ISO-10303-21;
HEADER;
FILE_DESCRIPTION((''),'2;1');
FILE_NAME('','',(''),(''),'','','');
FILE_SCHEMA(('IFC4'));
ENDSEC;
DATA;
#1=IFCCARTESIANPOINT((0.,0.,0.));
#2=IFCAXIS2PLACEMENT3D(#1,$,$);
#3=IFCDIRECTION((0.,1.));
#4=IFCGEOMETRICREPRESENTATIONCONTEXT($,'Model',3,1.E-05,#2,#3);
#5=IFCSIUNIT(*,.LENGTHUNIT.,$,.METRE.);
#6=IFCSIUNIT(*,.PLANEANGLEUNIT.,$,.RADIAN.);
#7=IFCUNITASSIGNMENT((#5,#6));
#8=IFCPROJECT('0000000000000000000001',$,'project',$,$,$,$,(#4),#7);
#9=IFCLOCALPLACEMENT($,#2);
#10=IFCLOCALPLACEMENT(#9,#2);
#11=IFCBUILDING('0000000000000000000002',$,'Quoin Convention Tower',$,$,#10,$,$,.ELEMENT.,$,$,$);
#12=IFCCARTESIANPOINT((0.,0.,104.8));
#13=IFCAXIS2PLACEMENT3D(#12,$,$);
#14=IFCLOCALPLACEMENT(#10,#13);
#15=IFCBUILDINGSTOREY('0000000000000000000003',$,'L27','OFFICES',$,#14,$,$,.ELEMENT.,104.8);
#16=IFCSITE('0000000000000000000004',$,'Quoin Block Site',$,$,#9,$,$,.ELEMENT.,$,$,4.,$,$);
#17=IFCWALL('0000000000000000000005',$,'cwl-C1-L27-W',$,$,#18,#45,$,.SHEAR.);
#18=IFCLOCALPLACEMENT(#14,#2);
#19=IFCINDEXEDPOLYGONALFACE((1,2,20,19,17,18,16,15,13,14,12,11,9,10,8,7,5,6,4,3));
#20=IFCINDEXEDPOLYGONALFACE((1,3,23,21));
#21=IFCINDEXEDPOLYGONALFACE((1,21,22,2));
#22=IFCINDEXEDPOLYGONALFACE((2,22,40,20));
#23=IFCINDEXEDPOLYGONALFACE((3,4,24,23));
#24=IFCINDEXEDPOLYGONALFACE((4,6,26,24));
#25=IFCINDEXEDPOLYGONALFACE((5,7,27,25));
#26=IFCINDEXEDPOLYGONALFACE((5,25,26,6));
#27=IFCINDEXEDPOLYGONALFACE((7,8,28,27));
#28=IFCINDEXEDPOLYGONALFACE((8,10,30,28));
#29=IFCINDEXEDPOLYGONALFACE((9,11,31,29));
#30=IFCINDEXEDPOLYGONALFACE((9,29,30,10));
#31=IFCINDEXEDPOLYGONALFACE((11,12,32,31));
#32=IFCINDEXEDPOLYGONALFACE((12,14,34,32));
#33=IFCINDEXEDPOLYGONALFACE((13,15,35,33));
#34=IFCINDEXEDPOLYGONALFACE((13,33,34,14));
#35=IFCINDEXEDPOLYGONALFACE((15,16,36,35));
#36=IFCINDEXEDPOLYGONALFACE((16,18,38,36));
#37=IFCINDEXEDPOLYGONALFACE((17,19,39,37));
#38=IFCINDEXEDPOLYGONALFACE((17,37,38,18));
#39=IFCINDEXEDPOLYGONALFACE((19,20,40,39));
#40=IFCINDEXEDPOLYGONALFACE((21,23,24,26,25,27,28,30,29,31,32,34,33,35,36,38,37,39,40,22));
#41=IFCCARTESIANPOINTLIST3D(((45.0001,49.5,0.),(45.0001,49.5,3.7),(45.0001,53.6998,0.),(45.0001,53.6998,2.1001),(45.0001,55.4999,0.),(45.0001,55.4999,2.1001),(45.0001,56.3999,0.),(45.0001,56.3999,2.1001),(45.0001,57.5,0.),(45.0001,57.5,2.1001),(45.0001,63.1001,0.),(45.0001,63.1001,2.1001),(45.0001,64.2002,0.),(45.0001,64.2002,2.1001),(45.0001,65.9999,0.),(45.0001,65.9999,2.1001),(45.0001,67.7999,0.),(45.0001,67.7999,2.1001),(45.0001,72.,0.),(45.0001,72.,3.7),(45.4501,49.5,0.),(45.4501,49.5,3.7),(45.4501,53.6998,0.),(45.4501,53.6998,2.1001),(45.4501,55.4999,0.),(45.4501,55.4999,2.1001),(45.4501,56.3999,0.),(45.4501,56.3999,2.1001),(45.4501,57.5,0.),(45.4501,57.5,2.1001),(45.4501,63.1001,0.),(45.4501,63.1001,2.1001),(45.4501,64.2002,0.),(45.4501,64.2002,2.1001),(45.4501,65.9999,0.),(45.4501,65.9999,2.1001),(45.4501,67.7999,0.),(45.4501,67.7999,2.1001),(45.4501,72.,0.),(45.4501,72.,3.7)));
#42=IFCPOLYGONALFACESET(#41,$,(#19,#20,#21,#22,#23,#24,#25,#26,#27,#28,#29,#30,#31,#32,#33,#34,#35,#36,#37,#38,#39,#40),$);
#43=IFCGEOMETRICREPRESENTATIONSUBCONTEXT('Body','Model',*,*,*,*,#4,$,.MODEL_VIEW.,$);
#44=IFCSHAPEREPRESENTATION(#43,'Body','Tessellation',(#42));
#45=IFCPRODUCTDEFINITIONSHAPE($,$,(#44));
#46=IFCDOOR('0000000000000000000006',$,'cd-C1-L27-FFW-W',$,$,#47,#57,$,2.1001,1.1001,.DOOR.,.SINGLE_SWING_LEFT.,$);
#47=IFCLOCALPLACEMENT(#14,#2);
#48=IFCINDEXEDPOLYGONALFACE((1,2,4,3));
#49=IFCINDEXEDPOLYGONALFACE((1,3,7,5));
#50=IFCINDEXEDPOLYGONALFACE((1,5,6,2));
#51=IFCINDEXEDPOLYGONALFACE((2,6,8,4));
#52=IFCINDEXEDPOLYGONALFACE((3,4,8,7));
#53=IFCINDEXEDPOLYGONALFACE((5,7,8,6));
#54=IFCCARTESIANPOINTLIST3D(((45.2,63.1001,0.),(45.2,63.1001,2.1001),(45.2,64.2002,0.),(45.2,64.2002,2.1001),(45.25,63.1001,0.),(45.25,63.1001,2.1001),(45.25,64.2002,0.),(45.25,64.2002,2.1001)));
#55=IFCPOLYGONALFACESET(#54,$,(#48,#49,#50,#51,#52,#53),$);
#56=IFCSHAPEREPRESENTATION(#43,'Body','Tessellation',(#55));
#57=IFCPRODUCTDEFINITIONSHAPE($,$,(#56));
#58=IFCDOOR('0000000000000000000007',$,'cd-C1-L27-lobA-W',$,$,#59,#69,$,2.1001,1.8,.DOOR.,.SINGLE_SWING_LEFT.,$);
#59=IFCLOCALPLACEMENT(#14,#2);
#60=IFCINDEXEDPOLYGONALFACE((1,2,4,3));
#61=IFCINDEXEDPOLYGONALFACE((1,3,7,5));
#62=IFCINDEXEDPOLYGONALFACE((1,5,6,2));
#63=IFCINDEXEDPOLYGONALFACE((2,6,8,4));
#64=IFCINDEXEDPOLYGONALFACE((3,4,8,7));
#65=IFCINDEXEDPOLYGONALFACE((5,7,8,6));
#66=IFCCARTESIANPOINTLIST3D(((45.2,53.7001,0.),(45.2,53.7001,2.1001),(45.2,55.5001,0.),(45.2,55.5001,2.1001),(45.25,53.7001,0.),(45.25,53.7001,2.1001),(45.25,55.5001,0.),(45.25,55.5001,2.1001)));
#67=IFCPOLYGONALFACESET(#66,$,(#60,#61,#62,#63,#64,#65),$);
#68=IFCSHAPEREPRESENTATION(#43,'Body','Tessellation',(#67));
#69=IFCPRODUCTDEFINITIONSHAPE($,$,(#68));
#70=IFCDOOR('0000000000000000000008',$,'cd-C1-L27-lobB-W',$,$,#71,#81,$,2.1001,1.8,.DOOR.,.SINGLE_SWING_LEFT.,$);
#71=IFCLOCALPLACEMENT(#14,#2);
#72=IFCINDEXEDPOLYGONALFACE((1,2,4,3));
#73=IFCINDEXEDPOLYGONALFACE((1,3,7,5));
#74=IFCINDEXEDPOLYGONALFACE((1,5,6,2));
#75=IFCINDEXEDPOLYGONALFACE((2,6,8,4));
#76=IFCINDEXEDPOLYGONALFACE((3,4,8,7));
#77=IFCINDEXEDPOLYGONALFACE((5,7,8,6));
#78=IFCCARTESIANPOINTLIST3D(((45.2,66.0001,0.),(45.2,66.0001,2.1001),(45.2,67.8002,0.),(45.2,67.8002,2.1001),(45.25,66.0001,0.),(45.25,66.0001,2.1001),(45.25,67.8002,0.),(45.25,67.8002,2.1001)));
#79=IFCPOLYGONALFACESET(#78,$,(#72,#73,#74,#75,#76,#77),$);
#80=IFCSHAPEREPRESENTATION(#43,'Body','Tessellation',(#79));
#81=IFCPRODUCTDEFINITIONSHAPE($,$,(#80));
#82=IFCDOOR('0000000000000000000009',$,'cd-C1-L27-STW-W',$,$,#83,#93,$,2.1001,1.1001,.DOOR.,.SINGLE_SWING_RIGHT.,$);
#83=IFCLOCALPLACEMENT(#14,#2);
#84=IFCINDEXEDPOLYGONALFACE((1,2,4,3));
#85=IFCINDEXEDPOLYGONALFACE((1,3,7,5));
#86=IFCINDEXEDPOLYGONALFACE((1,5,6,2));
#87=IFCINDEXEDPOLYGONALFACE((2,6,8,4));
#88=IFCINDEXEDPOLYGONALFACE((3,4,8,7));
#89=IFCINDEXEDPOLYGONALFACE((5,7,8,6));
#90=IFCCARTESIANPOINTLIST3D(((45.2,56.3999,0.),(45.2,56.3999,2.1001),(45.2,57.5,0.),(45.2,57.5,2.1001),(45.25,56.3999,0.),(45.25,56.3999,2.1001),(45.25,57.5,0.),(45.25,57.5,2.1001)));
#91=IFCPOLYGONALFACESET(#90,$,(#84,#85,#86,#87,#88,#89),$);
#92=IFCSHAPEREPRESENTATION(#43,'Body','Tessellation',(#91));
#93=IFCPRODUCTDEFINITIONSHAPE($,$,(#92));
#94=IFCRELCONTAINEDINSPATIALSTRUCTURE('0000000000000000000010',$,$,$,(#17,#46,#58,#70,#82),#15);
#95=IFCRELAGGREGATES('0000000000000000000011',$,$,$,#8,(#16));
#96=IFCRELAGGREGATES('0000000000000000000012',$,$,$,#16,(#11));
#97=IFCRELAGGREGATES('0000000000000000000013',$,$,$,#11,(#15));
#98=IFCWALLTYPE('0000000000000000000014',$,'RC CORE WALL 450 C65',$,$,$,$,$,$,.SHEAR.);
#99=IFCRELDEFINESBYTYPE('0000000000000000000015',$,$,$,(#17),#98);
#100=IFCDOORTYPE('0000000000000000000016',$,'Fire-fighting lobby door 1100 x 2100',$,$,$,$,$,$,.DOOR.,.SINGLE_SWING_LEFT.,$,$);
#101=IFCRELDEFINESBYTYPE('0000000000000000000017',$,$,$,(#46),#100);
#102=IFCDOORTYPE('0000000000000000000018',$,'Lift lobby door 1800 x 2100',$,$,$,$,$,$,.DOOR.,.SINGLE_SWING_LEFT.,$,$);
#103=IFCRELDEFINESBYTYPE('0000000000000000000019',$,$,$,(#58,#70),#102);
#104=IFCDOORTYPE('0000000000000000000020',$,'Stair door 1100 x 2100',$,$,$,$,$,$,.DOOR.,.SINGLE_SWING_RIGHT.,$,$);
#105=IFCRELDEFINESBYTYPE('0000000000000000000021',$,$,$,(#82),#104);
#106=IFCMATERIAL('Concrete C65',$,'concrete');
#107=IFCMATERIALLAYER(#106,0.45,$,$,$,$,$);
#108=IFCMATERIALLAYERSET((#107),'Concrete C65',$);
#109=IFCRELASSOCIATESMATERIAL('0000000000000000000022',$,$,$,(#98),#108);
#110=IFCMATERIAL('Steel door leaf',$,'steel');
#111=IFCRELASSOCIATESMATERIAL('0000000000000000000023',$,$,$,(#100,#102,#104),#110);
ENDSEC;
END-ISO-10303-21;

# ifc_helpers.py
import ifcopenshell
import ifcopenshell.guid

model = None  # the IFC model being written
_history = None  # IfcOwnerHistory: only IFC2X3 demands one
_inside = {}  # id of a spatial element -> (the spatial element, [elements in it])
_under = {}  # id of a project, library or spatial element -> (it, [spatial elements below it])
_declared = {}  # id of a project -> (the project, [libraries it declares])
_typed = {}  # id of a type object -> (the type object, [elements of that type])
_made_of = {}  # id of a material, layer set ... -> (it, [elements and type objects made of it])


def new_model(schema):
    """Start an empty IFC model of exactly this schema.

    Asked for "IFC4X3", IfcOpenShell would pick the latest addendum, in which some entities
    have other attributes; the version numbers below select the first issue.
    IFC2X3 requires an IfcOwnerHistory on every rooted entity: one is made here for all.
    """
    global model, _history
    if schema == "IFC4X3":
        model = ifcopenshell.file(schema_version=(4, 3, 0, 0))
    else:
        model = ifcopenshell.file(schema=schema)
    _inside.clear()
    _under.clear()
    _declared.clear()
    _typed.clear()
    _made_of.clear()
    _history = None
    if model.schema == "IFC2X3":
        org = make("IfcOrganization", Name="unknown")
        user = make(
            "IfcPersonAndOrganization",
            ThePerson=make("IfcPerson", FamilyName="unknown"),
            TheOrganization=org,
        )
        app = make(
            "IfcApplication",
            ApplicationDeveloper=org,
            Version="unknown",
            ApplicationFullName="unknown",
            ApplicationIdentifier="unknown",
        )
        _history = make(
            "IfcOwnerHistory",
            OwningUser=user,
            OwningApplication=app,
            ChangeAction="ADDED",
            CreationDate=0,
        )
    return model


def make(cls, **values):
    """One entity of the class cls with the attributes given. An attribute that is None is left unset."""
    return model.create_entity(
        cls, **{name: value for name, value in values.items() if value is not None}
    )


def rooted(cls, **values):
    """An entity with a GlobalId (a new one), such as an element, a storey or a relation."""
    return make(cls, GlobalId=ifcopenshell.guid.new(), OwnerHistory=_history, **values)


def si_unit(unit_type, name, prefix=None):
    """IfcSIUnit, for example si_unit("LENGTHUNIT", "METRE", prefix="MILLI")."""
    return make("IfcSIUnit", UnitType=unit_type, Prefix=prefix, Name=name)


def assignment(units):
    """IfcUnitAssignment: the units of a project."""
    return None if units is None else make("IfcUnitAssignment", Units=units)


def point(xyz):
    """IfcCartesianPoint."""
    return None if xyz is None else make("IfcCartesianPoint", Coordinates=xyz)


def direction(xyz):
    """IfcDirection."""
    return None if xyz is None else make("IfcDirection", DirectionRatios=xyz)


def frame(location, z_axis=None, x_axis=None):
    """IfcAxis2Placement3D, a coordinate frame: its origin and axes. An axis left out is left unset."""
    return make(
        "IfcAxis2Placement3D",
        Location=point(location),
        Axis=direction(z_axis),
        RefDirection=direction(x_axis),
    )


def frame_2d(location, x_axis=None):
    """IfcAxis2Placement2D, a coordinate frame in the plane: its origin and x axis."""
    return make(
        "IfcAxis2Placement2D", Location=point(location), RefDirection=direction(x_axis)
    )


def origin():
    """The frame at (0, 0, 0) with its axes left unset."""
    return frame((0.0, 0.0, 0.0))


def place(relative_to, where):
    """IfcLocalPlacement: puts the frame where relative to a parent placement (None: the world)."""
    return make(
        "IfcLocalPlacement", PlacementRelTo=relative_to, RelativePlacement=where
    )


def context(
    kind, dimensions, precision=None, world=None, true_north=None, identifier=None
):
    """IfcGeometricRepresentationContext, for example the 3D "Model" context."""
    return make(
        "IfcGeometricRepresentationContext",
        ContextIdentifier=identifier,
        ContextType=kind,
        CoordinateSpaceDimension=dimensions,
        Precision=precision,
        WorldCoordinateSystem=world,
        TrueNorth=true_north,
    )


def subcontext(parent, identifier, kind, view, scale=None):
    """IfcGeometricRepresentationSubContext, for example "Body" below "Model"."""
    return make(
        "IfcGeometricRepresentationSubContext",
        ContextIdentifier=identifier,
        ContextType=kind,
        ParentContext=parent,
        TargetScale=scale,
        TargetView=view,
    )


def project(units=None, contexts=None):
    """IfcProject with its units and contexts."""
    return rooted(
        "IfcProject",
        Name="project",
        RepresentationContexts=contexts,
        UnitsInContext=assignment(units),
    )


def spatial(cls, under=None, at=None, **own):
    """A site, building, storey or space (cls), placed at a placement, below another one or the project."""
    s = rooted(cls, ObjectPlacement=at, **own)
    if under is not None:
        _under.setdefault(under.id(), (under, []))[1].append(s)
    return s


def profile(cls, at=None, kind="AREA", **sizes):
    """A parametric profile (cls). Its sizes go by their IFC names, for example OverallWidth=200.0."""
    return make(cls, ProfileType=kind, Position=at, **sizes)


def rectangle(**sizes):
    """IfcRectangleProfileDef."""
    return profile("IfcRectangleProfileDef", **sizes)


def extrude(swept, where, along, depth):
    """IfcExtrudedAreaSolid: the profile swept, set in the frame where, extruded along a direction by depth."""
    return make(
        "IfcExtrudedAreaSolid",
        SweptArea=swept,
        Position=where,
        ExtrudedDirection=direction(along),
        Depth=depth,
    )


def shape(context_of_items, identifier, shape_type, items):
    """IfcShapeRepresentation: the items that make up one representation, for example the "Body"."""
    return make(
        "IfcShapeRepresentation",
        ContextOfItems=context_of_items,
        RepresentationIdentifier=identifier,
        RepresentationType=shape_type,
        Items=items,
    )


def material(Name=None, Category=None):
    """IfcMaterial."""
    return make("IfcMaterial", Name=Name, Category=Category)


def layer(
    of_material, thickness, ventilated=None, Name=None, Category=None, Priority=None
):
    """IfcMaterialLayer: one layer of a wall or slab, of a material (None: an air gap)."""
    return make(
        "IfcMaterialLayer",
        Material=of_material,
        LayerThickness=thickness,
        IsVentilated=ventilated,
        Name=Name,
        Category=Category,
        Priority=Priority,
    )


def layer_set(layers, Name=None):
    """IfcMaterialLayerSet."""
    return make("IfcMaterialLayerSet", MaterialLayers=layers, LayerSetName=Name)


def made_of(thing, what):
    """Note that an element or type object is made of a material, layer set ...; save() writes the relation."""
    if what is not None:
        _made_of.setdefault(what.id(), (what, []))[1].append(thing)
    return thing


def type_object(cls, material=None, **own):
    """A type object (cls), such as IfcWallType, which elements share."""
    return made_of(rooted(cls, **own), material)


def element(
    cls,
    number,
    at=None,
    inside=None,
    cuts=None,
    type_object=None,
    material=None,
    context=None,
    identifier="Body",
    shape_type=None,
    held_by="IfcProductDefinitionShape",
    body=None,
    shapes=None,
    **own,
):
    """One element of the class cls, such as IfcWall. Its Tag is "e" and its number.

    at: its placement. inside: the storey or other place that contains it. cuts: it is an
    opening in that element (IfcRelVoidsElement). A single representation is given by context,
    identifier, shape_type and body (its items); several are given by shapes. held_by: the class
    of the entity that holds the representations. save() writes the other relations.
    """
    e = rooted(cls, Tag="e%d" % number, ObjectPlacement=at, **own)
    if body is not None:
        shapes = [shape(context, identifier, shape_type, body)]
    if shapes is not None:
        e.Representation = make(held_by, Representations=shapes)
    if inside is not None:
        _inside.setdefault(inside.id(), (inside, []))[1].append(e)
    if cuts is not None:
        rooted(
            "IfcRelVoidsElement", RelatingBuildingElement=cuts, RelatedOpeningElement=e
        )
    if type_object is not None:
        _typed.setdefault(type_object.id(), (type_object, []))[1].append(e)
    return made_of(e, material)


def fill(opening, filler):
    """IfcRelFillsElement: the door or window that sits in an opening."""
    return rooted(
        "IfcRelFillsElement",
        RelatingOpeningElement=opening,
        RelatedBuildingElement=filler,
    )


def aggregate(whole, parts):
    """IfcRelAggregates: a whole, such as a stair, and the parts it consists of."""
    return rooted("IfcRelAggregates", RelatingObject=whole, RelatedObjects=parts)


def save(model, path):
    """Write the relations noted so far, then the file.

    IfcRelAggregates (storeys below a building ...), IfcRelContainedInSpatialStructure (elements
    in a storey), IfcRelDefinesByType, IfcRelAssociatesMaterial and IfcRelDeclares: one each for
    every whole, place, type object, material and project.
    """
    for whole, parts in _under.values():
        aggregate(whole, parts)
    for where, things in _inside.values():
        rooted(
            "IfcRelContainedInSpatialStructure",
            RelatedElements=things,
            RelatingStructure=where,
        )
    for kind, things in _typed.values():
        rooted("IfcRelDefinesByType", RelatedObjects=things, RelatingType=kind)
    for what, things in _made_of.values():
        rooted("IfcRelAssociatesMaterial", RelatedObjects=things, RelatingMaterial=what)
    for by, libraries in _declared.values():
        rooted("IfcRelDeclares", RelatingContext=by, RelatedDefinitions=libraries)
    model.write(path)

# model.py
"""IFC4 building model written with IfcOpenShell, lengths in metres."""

from ifc_helpers import new_model, si_unit, direction, frame, frame_2d, origin, place, context, subcontext, project, spatial, rectangle, extrude, material, layer, layer_set, type_object, element, fill, save


model = new_model("IFC4")

# Units and contexts
model_context = context("Model", 3, precision=1e-05, world=origin(), true_north=direction((0.0, 1.0)))
body_context = subcontext(model_context, "Body", "Model", "MODEL_VIEW")
ifc_project = project(units=[si_unit("LENGTHUNIT", "METRE"), si_unit("PLANEANGLEUNIT", "RADIAN")], contexts=[model_context])

# Site, building, storey
site_placement = place(None, origin())
site = spatial("IfcSite", under=ifc_project, at=site_placement, Name="Quoin Block Site", CompositionType="ELEMENT", RefElevation=4.0)
building_placement = place(site_placement, origin())
building = spatial("IfcBuilding", under=site, at=building_placement, Name="Quoin Convention Tower", CompositionType="ELEMENT")
storey_placement = place(building_placement, frame((0.0, 0.0, 104.8)))
storey = spatial("IfcBuildingStorey", under=building, at=storey_placement, Name="L27", Description="OFFICES", CompositionType="ELEMENT", Elevation=104.8)

# Shared definitions
ifc_material_1 = material(Name="Steel door leaf", Category="steel")

# Shared definitions
ifc_material_2 = material(Name="Concrete C65", Category="concrete")
ifc_layer_1 = layer(ifc_material_2, 0.45)
ifc_layer_set_1 = layer_set([ifc_layer_1], Name="Concrete C65")
wall_type_1 = type_object("IfcWallType", Name="RC CORE WALL 450 C65", PredefinedType="SHEAR", material=ifc_layer_set_1)

# Wall, openings, doors
wall_1_placement = place(storey_placement, frame((45.2251, 49.5, 0.0), z_axis=(0.0, 0.0, 1.0), x_axis=(0.0, 1.0, 0.0)))
wall_1 = element("IfcWall", 1, at=wall_1_placement, inside=storey, type_object=wall_type_1, Name="cwl-C1-L27-W", PredefinedType="SHEAR", context=body_context, shape_type="SweptSolid", body=[
    extrude(rectangle(XDim=22.5, YDim=0.45, at=frame_2d((11.25, 0.0))), origin(), (0.0, 0.0, 1.0), 3.7),
])
opening_1_placement = place(wall_1_placement, frame((4.2, 0.0, 0.0)))
opening_1 = element("IfcOpeningElement", 2, at=opening_1_placement, cuts=wall_1, PredefinedType="OPENING", context=body_context, shape_type="SweptSolid", body=[
    extrude(rectangle(XDim=1.8, YDim=2.1001, at=frame_2d((0.8999, 1.05))), frame((0.0, 0.2349, 0.0), z_axis=(0.0, -1.0, 0.0), x_axis=(1.0, 0.0, 0.0)), (0.0, 0.0, 1.0), 0.47),
])
opening_2_placement = place(wall_1_placement, frame((6.8999, 0.0, 0.0)))
opening_2 = element("IfcOpeningElement", 3, at=opening_2_placement, cuts=wall_1, PredefinedType="OPENING", context=body_context, shape_type="SweptSolid", body=[
    extrude(rectangle(XDim=1.1001, YDim=2.1001, at=frame_2d((0.55, 1.05))), frame((0.0, 0.2349, 0.0), z_axis=(0.0, -1.0, 0.0), x_axis=(1.0, 0.0, 0.0)), (0.0, 0.0, 1.0), 0.47),
])
opening_3_placement = place(wall_1_placement, frame((13.6001, 0.0, 0.0)))
opening_3 = element("IfcOpeningElement", 4, at=opening_3_placement, cuts=wall_1, PredefinedType="OPENING", context=body_context, shape_type="SweptSolid", body=[
    extrude(rectangle(XDim=1.1001, YDim=2.1001, at=frame_2d((0.55, 1.05))), frame((0.0, 0.2349, 0.0), z_axis=(0.0, -1.0, 0.0), x_axis=(1.0, 0.0, 0.0)), (0.0, 0.0, 1.0), 0.47),
])
opening_4_placement = place(wall_1_placement, frame((16.5, 0.0, 0.0)))
opening_4 = element("IfcOpeningElement", 5, at=opening_4_placement, cuts=wall_1, PredefinedType="OPENING", context=body_context, shape_type="SweptSolid", body=[
    extrude(rectangle(XDim=1.8, YDim=2.1001, at=frame_2d((0.8999, 1.05))), frame((0.0, 0.2349, 0.0), z_axis=(0.0, -1.0, 0.0), x_axis=(1.0, 0.0, 0.0)), (0.0, 0.0, 1.0), 0.47),
])
door_type_1 = type_object("IfcDoorType", Name="Fire-fighting lobby door 1100 x 2100", OperationType="SINGLE_SWING_LEFT", PredefinedType="DOOR", material=ifc_material_1)
door_1_placement = place(opening_3_placement, frame((1.1001, 0.0, 0.0), z_axis=(0.0, 0.0, 1.0), x_axis=(-1.0, 0.0, 0.0)))
door_1 = element("IfcDoor", 6, at=door_1_placement, inside=storey, type_object=door_type_1, Name="cd-C1-L27-FFW-W", OperationType="SINGLE_SWING_LEFT", OverallHeight=2.1001, OverallWidth=1.1001, PredefinedType="DOOR", context=body_context, shape_type="SweptSolid", body=[
    extrude(rectangle(XDim=1.1001, YDim=2.1001, at=frame_2d((0.55, 1.05))), frame((0.0, 0.0249, 0.0), z_axis=(0.0, -1.0, 0.0), x_axis=(1.0, 0.0, 0.0)), (0.0, 0.0, 1.0), 0.05),
])
fill(opening_3, door_1)
door_type_2 = type_object("IfcDoorType", Name="Lift lobby door 1800 x 2100", OperationType="SINGLE_SWING_LEFT", PredefinedType="DOOR", material=ifc_material_1)
door_2_placement = place(opening_1_placement, frame((1.8, 0.0, 0.0), z_axis=(0.0, 0.0, 1.0), x_axis=(-1.0, 0.0, 0.0)))
door_2 = element("IfcDoor", 7, at=door_2_placement, inside=storey, type_object=door_type_2, Name="cd-C1-L27-lobA-W", OperationType="SINGLE_SWING_LEFT", OverallHeight=2.1001, OverallWidth=1.8, PredefinedType="DOOR", context=body_context, shape_type="SweptSolid", body=[
    extrude(rectangle(XDim=1.8, YDim=2.1001, at=frame_2d((0.8999, 1.05))), frame((0.0, 0.0249, 0.0), z_axis=(0.0, -1.0, 0.0), x_axis=(1.0, 0.0, 0.0)), (0.0, 0.0, 1.0), 0.05),
])
fill(opening_1, door_2)
door_3_placement = place(opening_4_placement, frame((1.8, 0.0, 0.0), z_axis=(0.0, 0.0, 1.0), x_axis=(-1.0, 0.0, 0.0)))
door_3 = element("IfcDoor", 8, at=door_3_placement, inside=storey, type_object=door_type_2, Name="cd-C1-L27-lobB-W", OperationType="SINGLE_SWING_LEFT", OverallHeight=2.1001, OverallWidth=1.8, PredefinedType="DOOR", context=body_context, shape_type="SweptSolid", body=[
    extrude(rectangle(XDim=1.8, YDim=2.1001, at=frame_2d((0.8999, 1.05))), frame((0.0, 0.0249, 0.0), z_axis=(0.0, -1.0, 0.0), x_axis=(1.0, 0.0, 0.0)), (0.0, 0.0, 1.0), 0.05),
])
fill(opening_4, door_3)
door_type_3 = type_object("IfcDoorType", Name="Stair door 1100 x 2100", OperationType="SINGLE_SWING_RIGHT", PredefinedType="DOOR", material=ifc_material_1)
door_4_placement = place(opening_2_placement, frame((1.1001, 0.0, 0.0), z_axis=(0.0, 0.0, 1.0), x_axis=(-1.0, 0.0, 0.0)))
door_4 = element("IfcDoor", 9, at=door_4_placement, inside=storey, type_object=door_type_3, Name="cd-C1-L27-STW-W", OperationType="SINGLE_SWING_RIGHT", OverallHeight=2.1001, OverallWidth=1.1001, PredefinedType="DOOR", context=body_context, shape_type="SweptSolid", body=[
    extrude(rectangle(XDim=1.1001, YDim=2.1001, at=frame_2d((0.55, 1.05))), frame((0.0, 0.0249, 0.0), z_axis=(0.0, -1.0, 0.0), x_axis=(1.0, 0.0, 0.0)), (0.0, 0.0, 1.0), 0.05),
])
fill(opening_2, door_4)

save(model, "model.ifc")
